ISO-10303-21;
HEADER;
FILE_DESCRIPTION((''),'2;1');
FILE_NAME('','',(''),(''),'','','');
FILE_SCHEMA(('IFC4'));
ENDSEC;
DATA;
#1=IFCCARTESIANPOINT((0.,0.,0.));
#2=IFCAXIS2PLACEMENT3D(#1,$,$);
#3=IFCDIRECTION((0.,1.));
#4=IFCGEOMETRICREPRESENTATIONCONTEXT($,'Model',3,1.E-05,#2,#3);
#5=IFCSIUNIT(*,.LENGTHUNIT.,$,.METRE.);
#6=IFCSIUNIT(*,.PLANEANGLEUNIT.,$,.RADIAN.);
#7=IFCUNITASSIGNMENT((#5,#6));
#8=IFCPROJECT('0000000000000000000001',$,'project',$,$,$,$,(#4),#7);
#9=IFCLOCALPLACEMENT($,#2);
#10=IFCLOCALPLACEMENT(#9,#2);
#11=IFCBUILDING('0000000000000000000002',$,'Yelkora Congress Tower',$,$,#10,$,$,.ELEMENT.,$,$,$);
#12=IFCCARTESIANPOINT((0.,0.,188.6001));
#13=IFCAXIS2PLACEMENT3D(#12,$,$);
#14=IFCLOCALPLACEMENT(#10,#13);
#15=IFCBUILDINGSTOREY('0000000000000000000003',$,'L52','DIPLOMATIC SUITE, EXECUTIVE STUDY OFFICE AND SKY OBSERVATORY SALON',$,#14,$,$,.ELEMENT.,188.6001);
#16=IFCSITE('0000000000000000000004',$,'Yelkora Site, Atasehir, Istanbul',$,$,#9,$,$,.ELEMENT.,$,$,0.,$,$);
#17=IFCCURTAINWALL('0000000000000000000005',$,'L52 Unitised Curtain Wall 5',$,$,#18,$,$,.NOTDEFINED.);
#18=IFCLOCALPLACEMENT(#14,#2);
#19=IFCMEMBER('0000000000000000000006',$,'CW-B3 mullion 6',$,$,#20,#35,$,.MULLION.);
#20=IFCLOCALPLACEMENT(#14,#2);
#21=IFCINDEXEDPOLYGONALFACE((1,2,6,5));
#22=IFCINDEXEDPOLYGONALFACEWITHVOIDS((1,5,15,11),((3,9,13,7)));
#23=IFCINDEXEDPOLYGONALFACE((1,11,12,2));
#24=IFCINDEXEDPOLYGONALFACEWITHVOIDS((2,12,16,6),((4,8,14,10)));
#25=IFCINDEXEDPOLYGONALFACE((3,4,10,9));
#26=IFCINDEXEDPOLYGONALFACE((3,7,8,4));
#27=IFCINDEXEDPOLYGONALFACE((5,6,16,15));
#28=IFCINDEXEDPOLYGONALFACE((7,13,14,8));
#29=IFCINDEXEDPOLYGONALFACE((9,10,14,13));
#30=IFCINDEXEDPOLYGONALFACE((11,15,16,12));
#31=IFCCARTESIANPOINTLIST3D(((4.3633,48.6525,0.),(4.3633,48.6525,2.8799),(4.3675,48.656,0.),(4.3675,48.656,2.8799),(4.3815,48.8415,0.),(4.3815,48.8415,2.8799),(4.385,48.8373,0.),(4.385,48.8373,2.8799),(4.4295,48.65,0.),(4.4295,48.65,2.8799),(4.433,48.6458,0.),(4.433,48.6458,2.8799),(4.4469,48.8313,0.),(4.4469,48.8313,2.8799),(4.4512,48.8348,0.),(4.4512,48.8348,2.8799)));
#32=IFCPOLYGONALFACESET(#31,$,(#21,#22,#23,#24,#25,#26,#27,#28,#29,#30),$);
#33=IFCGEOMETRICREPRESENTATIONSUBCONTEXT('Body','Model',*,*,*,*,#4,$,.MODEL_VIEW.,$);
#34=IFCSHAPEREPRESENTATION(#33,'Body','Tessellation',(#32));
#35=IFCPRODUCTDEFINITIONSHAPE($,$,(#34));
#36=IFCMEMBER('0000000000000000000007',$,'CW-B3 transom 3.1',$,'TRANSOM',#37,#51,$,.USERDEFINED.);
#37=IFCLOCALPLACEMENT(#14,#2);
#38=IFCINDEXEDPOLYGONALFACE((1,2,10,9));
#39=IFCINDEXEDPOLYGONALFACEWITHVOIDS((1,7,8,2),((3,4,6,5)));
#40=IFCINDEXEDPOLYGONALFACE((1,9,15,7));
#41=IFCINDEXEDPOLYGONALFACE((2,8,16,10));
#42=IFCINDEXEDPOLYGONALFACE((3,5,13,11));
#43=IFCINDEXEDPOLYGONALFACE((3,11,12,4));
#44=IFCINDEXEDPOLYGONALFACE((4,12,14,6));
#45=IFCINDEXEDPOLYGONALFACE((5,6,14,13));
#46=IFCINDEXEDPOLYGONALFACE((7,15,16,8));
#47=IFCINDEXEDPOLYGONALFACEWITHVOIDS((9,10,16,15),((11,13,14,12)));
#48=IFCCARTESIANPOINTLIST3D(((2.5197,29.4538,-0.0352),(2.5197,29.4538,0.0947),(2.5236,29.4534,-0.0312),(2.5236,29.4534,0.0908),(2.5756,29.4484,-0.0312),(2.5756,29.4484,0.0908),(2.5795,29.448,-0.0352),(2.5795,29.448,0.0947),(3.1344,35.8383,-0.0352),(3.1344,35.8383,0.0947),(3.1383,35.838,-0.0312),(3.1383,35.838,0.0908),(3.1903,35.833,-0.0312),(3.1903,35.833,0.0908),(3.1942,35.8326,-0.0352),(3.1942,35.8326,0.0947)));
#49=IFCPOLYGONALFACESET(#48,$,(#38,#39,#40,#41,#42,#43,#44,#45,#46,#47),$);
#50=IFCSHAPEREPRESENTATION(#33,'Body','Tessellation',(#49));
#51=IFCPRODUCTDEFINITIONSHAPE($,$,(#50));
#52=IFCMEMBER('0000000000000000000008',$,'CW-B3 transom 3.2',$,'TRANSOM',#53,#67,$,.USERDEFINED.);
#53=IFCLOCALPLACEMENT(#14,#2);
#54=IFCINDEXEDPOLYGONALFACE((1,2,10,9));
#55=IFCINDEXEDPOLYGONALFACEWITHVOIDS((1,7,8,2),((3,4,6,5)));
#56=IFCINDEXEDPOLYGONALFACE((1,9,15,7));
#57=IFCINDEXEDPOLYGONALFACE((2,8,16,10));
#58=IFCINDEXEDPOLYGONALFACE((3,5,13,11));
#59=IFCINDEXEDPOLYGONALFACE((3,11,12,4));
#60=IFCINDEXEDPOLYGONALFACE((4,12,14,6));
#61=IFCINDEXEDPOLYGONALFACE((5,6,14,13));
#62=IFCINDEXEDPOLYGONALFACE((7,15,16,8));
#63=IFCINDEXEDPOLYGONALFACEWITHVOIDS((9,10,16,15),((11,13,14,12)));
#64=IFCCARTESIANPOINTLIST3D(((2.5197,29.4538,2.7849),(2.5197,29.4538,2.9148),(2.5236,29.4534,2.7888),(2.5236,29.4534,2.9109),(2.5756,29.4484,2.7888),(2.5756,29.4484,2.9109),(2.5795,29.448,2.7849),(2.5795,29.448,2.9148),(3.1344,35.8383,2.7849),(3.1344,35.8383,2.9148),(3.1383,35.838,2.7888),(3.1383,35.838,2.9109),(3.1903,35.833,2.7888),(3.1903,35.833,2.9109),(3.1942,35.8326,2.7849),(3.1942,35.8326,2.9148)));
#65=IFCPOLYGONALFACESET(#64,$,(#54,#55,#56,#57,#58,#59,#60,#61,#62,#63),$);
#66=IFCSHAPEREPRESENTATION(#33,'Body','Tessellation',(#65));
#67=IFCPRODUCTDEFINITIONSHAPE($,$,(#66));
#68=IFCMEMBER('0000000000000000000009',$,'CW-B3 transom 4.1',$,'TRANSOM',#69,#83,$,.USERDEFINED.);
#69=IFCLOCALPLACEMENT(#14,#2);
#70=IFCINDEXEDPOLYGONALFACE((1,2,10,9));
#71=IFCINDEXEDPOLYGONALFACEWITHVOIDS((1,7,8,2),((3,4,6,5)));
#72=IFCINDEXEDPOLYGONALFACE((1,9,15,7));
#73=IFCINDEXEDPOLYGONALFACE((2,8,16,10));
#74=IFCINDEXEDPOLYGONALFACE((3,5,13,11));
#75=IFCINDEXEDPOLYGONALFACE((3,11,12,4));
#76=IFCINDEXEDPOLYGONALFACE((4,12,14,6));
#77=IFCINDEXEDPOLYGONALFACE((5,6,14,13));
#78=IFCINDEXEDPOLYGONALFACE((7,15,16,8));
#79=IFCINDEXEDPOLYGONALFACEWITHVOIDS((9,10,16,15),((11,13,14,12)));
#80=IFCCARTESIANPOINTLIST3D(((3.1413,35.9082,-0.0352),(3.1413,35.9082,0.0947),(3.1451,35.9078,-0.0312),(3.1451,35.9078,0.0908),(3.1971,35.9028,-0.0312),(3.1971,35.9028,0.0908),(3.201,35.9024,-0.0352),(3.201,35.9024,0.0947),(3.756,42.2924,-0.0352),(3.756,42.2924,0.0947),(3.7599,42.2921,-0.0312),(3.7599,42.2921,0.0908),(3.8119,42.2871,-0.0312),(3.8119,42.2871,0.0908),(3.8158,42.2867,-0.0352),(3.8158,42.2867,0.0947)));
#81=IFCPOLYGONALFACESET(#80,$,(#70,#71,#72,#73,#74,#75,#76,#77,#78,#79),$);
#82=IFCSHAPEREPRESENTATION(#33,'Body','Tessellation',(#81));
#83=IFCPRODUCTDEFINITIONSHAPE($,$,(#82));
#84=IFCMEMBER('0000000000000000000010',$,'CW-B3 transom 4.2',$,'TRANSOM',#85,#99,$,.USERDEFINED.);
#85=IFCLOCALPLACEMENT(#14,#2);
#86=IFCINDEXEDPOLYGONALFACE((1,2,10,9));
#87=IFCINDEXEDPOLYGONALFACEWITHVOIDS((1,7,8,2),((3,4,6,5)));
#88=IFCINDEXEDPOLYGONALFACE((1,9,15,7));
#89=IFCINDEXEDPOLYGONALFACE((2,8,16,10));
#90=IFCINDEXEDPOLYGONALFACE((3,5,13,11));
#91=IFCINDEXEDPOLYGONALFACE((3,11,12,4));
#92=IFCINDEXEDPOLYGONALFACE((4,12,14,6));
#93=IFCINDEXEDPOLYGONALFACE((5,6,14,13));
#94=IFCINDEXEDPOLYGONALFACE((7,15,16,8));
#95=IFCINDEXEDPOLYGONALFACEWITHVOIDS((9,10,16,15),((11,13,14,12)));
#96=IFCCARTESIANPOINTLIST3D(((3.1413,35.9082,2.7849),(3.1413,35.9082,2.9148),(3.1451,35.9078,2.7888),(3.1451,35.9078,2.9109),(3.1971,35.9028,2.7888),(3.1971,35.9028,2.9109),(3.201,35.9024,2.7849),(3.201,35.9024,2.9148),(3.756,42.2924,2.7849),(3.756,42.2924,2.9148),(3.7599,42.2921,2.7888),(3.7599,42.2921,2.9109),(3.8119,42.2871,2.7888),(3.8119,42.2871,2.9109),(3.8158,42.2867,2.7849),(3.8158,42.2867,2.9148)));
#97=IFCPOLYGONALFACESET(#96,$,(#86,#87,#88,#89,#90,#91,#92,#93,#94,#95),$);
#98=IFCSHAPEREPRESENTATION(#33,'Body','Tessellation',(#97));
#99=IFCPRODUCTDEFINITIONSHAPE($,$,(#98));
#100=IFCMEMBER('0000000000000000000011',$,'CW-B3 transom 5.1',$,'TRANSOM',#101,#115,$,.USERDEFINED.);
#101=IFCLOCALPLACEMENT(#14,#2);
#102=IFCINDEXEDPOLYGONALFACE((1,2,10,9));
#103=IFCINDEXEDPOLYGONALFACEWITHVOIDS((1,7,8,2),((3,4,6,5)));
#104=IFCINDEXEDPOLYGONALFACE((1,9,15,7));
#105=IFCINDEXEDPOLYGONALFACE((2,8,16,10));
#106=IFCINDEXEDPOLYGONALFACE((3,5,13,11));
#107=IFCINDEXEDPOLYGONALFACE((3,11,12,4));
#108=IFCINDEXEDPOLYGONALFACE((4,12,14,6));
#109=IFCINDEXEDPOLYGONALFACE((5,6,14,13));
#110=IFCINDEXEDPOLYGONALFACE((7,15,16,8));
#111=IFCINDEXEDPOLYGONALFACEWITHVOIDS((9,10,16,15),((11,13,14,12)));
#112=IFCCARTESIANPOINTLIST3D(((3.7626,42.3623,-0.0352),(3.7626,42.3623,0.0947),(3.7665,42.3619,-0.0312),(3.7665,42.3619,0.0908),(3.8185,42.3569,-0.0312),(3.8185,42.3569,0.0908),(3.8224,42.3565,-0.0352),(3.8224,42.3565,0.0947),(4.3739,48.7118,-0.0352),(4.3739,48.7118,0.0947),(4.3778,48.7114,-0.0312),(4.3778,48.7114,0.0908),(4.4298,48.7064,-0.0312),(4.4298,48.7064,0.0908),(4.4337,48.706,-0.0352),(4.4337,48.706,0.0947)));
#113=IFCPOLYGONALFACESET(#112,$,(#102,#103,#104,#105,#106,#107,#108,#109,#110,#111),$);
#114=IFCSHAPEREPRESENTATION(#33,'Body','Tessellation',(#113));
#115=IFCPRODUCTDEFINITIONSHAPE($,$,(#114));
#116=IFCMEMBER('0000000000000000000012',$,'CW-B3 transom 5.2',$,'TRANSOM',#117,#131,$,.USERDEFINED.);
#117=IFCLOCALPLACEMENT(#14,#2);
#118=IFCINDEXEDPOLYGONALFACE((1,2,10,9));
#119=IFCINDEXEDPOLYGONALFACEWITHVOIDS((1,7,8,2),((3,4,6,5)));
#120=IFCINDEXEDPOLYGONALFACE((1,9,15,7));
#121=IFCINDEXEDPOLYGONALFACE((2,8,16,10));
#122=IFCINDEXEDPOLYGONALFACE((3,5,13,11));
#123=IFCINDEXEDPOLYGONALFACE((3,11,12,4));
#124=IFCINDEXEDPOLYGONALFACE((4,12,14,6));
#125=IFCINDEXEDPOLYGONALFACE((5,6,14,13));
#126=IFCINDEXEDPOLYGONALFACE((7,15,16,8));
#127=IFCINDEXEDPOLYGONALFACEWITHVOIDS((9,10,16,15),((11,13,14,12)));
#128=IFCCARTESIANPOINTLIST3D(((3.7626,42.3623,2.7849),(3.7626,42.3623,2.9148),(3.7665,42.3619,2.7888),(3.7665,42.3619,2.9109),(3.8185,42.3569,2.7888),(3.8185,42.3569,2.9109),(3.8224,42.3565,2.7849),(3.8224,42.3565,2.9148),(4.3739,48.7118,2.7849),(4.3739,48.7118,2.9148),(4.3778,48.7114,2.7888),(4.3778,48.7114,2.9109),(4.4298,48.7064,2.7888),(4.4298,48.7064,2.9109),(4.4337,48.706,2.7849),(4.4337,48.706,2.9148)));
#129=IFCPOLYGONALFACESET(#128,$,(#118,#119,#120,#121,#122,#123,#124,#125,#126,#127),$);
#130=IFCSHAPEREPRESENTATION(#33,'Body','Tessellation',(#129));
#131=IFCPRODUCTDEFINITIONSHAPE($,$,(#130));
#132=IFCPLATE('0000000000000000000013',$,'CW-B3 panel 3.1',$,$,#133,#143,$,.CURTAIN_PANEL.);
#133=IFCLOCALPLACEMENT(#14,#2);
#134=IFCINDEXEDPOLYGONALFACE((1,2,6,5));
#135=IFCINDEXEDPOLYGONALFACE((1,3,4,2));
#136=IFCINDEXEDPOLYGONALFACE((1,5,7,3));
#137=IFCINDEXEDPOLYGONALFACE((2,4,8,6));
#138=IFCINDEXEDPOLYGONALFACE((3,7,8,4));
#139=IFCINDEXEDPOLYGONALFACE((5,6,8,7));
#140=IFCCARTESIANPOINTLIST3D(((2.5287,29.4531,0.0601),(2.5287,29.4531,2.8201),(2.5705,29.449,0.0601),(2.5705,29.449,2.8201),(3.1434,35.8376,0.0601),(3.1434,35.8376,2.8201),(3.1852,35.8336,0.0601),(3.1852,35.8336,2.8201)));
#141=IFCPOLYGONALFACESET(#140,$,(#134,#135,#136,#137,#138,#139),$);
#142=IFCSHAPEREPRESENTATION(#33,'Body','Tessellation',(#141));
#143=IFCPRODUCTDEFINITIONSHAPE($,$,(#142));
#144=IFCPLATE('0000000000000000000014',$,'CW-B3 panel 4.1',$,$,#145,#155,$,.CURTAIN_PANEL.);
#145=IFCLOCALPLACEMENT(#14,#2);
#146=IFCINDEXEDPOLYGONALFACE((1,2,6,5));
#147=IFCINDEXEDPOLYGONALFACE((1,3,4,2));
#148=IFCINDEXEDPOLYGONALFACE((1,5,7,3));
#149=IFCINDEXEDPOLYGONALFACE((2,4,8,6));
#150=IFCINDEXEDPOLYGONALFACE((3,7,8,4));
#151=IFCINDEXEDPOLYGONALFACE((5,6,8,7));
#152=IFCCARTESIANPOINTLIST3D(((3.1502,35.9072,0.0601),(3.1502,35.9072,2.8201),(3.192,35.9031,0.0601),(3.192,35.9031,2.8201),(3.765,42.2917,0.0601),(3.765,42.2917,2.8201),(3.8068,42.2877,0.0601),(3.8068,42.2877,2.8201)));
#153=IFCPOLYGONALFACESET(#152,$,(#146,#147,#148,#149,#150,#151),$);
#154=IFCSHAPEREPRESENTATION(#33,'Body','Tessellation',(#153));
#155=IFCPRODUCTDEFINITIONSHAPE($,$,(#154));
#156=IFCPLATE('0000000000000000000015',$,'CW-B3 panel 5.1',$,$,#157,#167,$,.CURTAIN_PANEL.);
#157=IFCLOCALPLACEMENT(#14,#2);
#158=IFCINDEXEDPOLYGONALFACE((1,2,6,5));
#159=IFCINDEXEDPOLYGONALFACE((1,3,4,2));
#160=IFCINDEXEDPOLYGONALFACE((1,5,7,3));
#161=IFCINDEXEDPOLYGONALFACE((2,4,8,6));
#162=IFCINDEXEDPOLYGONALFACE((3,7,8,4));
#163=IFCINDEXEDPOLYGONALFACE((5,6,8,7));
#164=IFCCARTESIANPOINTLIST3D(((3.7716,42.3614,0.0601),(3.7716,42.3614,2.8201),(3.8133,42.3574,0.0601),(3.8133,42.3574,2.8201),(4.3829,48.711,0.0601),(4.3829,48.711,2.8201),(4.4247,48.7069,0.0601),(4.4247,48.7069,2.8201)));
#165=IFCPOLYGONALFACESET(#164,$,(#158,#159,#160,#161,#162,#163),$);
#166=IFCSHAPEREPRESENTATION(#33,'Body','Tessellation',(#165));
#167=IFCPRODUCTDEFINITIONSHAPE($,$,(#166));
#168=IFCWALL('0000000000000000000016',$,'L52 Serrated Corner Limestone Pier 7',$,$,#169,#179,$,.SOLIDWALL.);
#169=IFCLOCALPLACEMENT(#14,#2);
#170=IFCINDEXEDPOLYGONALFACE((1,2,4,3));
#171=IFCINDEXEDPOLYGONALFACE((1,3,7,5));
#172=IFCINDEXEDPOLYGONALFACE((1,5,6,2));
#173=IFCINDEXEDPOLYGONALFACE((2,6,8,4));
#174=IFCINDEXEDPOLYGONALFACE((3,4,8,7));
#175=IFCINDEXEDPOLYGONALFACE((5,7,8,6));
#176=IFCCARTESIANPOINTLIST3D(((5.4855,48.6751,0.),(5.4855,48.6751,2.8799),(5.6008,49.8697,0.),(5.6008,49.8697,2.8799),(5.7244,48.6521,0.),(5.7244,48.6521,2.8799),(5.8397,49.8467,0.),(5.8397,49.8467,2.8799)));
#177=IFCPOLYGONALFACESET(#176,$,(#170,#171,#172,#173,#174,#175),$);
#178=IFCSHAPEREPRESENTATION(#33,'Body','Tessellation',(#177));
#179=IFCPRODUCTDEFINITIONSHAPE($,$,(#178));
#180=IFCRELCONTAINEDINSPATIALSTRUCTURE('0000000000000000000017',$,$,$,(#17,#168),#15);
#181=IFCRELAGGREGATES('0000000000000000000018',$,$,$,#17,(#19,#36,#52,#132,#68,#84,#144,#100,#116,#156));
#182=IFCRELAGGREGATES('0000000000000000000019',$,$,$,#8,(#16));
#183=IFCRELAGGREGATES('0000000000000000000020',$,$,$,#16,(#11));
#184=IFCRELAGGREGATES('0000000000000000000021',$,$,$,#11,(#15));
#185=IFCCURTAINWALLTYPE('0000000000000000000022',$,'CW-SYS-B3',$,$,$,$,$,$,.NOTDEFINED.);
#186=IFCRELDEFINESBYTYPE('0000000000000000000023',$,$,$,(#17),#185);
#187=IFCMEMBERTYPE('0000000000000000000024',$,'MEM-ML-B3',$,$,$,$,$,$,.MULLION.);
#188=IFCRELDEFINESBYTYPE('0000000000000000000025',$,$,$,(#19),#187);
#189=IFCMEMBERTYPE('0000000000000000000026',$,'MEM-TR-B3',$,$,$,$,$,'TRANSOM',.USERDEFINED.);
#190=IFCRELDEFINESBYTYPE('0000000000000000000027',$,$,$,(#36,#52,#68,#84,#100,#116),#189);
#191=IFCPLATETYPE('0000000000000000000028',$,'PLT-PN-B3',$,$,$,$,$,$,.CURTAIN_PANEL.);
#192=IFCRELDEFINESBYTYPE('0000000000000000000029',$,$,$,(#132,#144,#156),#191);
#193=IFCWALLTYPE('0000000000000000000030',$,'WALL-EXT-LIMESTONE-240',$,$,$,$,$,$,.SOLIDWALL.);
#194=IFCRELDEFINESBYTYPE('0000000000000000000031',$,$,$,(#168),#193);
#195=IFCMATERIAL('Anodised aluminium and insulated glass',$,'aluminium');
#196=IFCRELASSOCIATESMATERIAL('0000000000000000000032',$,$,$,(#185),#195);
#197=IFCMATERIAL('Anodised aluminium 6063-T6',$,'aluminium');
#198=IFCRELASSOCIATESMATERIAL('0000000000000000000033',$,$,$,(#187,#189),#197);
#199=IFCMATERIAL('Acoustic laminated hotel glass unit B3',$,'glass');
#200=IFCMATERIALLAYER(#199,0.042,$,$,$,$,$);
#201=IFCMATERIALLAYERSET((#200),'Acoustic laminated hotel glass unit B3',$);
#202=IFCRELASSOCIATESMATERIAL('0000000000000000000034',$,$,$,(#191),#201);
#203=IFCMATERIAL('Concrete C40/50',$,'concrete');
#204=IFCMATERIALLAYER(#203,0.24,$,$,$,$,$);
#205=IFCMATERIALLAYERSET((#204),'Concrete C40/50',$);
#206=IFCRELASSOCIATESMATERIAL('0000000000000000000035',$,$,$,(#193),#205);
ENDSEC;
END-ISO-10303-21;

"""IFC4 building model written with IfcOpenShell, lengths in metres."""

from ifc_helpers import new_model, si_unit, direction, frame, frame_2d, origin, origin_2d, place, context, subcontext, project, spatial, rectangle, hollow_rectangle, extrude, material, layer, layer_set, material_profile, profile_set, type_object, element, aggregate, save


model = new_model("IFC4")

# Units and contexts
model_context = context("Model", 3, precision=1e-05, world=origin(), true_north=direction((0.0, 1.0)))
body_context = subcontext(model_context, "Body", "Model", "MODEL_VIEW")
ifc_project = project(units=[si_unit("LENGTHUNIT", "METRE"), si_unit("PLANEANGLEUNIT", "RADIAN")], contexts=[model_context])

# Site, building, storey
site_placement = place(None, origin())
site = spatial("IfcSite", under=ifc_project, at=site_placement, Name="Yelkora Site, Atasehir, Istanbul", CompositionType="ELEMENT", RefElevation=0.0)
building_placement = place(site_placement, origin())
building = spatial("IfcBuilding", under=site, at=building_placement, Name="Yelkora Congress Tower", CompositionType="ELEMENT")
storey_placement = place(building_placement, frame((0.0, 0.0, 188.6001)))
storey = spatial("IfcBuildingStorey", under=building, at=storey_placement, Name="L52", Description="DIPLOMATIC SUITE, EXECUTIVE STUDY OFFICE AND SKY OBSERVATORY SALON", CompositionType="ELEMENT", Elevation=188.6001)

# Curtain wall, members, plates
ifc_material_1 = material(Name="Anodised aluminium and insulated glass", Category="aluminium")
curtain_wall_type = type_object("IfcCurtainWallType", Name="CW-SYS-B3", PredefinedType="NOTDEFINED", material=ifc_material_1)
curtain_wall_placement = place(storey_placement, origin())
curtain_wall = element("IfcCurtainWall", 1, at=curtain_wall_placement, inside=storey, type_object=curtain_wall_type, Name="L52 Unitised Curtain Wall 5", PredefinedType="NOTDEFINED")
ifc_material_2 = material(Name="Anodised aluminium 6063-T6", Category="aluminium")
ifc_material_profile_1 = material_profile(ifc_material_2, hollow_rectangle(XDim=0.0701, YDim=0.1899, WallThickness=0.0039, at=origin_2d()), Name="ALU 70x190x4")
ifc_profile_set_1 = profile_set([ifc_material_profile_1], Name="Anodised aluminium 6063-T6")
member_type_1 = type_object("IfcMemberType", Name="MEM-ML-B3", PredefinedType="MULLION", material=ifc_profile_set_1)
member_1_placement = place(storey_placement, frame((4.4072, 48.7437, 0.0), z_axis=(0.0, 0.0, 1.0), x_axis=(-0.995396, 0.095845, 0.0)))
member_1 = element("IfcMember", 2, at=member_1_placement, type_object=member_type_1, Name="CW-B3 mullion 6", PredefinedType="MULLION", context=body_context, shape_type="SweptSolid", body=[
    extrude(hollow_rectangle(XDim=0.0701, YDim=0.1899, WallThickness=0.0039, at=origin_2d()), origin(), (0.0, 0.0, 1.0), 2.8799),
])
ifc_material_profile_2 = material_profile(ifc_material_2, hollow_rectangle(XDim=0.0601, YDim=0.1299, WallThickness=0.0039, at=origin_2d()), Name="ALU 60x130x4")
ifc_profile_set_2 = profile_set([ifc_material_profile_2], Name="Anodised aluminium 6063-T6")
member_type_2 = type_object("IfcMemberType", Name="MEM-TR-B3", ElementType="TRANSOM", PredefinedType="USERDEFINED", material=ifc_profile_set_2)
member_2_placement = place(storey_placement, frame((2.5496, 29.4509, 0.0298), z_axis=(0.095844, 0.995396, 0.0), x_axis=(-0.995396, 0.095844, 0.0)))
member_2 = element("IfcMember", 3, at=member_2_placement, type_object=member_type_2, Name="CW-B3 transom 3.1", ObjectType="TRANSOM", PredefinedType="USERDEFINED", context=body_context, shape_type="SweptSolid", body=[
    extrude(hollow_rectangle(XDim=0.0601, YDim=0.1299, WallThickness=0.0039, at=origin_2d()), origin(), (0.0, 0.0, 1.0), 6.4141),
])
member_3_placement = place(storey_placement, frame((2.5496, 29.4509, 2.8499), z_axis=(0.095844, 0.995396, 0.0), x_axis=(-0.995396, 0.095844, 0.0)))
member_3 = element("IfcMember", 4, at=member_3_placement, type_object=member_type_2, Name="CW-B3 transom 3.2", ObjectType="TRANSOM", PredefinedType="USERDEFINED", context=body_context, shape_type="SweptSolid", body=[
    extrude(hollow_rectangle(XDim=0.0601, YDim=0.1299, WallThickness=0.0039, at=origin_2d()), origin(), (0.0, 0.0, 1.0), 6.4141),
])
member_4_placement = place(storey_placement, frame((3.1711, 35.9053, 0.0298), z_axis=(0.095847, 0.995396, 0.0), x_axis=(-0.995396, 0.095847, 0.0)))
member_4 = element("IfcMember", 5, at=member_4_placement, type_object=member_type_2, Name="CW-B3 transom 4.1", ObjectType="TRANSOM", PredefinedType="USERDEFINED", context=body_context, shape_type="SweptSolid", body=[
    extrude(hollow_rectangle(XDim=0.0601, YDim=0.1299, WallThickness=0.0039, at=origin_2d()), origin(), (0.0, 0.0, 1.0), 6.4138),
])
member_5_placement = place(storey_placement, frame((3.1711, 35.9053, 2.8499), z_axis=(0.095847, 0.995396, 0.0), x_axis=(-0.995396, 0.095847, 0.0)))
member_5 = element("IfcMember", 6, at=member_5_placement, type_object=member_type_2, Name="CW-B3 transom 4.2", ObjectType="TRANSOM", PredefinedType="USERDEFINED", context=body_context, shape_type="SweptSolid", body=[
    extrude(hollow_rectangle(XDim=0.0601, YDim=0.1299, WallThickness=0.0039, at=origin_2d()), origin(), (0.0, 0.0, 1.0), 6.4138),
])
member_6_placement = place(storey_placement, frame((3.7925, 42.3594, 0.0298), z_axis=(0.095835, 0.995397, 0.0), x_axis=(-0.995397, 0.095835, 0.0)))
member_6 = element("IfcMember", 7, at=member_6_placement, type_object=member_type_2, Name="CW-B3 transom 5.1", ObjectType="TRANSOM", PredefinedType="USERDEFINED", context=body_context, shape_type="SweptSolid", body=[
    extrude(hollow_rectangle(XDim=0.0601, YDim=0.1299, WallThickness=0.0039, at=origin_2d()), origin(), (0.0, 0.0, 1.0), 6.3789),
])
member_7_placement = place(storey_placement, frame((3.7925, 42.3594, 2.8499), z_axis=(0.095835, 0.995397, 0.0), x_axis=(-0.995397, 0.095835, 0.0)))
member_7 = element("IfcMember", 8, at=member_7_placement, type_object=member_type_2, Name="CW-B3 transom 5.2", ObjectType="TRANSOM", PredefinedType="USERDEFINED", context=body_context, shape_type="SweptSolid", body=[
    extrude(hollow_rectangle(XDim=0.0601, YDim=0.1299, WallThickness=0.0039, at=origin_2d()), origin(), (0.0, 0.0, 1.0), 6.3789),
])
ifc_material_3 = material(Name="Acoustic laminated hotel glass unit B3", Category="glass")
ifc_layer_1 = layer(ifc_material_3, 0.042)
ifc_layer_set_1 = layer_set([ifc_layer_1], Name="Acoustic laminated hotel glass unit B3")
plate_type = type_object("IfcPlateType", Name="PLT-PN-B3", PredefinedType="CURTAIN_PANEL", material=ifc_layer_set_1)
plate_1_placement = place(storey_placement, frame((2.8569, 32.6433, 0.0601), z_axis=(0.0, 0.0, 1.0), x_axis=(0.095845, 0.995396, 0.0)))
plate_1 = element("IfcPlate", 9, at=plate_1_placement, type_object=plate_type, Name="CW-B3 panel 3.1", PredefinedType="CURTAIN_PANEL", context=body_context, shape_type="SweptSolid", body=[
    extrude(rectangle(XDim=6.4141, YDim=0.042, at=origin_2d()), origin(), (0.0, 0.0, 1.0), 2.76),
])
plate_2_placement = place(storey_placement, frame((3.4785, 39.0974, 0.0601), z_axis=(0.0, 0.0, 1.0), x_axis=(0.095845, 0.995396, 0.0)))
plate_2 = element("IfcPlate", 10, at=plate_2_placement, type_object=plate_type, Name="CW-B3 panel 4.1", PredefinedType="CURTAIN_PANEL", context=body_context, shape_type="SweptSolid", body=[
    extrude(rectangle(XDim=6.4141, YDim=0.042, at=origin_2d()), origin(), (0.0, 0.0, 1.0), 2.76),
])
plate_3_placement = place(storey_placement, frame((4.0981, 45.5342, 0.0601), z_axis=(0.0, 0.0, 1.0), x_axis=(0.095845, 0.995396, 0.0)))
plate_3 = element("IfcPlate", 11, at=plate_3_placement, type_object=plate_type, Name="CW-B3 panel 5.1", PredefinedType="CURTAIN_PANEL", context=body_context, shape_type="SweptSolid", body=[
    extrude(rectangle(XDim=6.3789, YDim=0.042, at=origin_2d()), origin(), (0.0, 0.0, 1.0), 2.76),
])
aggregate(curtain_wall, [member_1, member_2, member_3, plate_1, member_4, member_5, plate_2, member_6, member_7, plate_3])

# Wall
ifc_material_4 = material(Name="Concrete C40/50", Category="concrete")
ifc_layer_2 = layer(ifc_material_4, 0.24)
ifc_layer_set_2 = layer_set([ifc_layer_2], Name="Concrete C40/50")
wall_type_1 = type_object("IfcWallType", Name="WALL-EXT-LIMESTONE-240", PredefinedType="SOLIDWALL", material=ifc_layer_set_2)
wall_1_placement = place(storey_placement, frame((5.605, 48.6636, 0.0), z_axis=(0.0, 0.0, 1.0), x_axis=(0.096019, 0.99538, 0.0)))
element("IfcWall", 12, at=wall_1_placement, inside=storey, type_object=wall_type_1, Name="L52 Serrated Corner Limestone Pier 7", PredefinedType="SOLIDWALL", context=body_context, shape_type="SweptSolid", body=[
    extrude(rectangle(XDim=1.2002, YDim=0.24, at=frame_2d((0.6001, 0.0))), origin(), (0.0, 0.0, 1.0), 2.8799),
])

save(model, "model.ifc")
